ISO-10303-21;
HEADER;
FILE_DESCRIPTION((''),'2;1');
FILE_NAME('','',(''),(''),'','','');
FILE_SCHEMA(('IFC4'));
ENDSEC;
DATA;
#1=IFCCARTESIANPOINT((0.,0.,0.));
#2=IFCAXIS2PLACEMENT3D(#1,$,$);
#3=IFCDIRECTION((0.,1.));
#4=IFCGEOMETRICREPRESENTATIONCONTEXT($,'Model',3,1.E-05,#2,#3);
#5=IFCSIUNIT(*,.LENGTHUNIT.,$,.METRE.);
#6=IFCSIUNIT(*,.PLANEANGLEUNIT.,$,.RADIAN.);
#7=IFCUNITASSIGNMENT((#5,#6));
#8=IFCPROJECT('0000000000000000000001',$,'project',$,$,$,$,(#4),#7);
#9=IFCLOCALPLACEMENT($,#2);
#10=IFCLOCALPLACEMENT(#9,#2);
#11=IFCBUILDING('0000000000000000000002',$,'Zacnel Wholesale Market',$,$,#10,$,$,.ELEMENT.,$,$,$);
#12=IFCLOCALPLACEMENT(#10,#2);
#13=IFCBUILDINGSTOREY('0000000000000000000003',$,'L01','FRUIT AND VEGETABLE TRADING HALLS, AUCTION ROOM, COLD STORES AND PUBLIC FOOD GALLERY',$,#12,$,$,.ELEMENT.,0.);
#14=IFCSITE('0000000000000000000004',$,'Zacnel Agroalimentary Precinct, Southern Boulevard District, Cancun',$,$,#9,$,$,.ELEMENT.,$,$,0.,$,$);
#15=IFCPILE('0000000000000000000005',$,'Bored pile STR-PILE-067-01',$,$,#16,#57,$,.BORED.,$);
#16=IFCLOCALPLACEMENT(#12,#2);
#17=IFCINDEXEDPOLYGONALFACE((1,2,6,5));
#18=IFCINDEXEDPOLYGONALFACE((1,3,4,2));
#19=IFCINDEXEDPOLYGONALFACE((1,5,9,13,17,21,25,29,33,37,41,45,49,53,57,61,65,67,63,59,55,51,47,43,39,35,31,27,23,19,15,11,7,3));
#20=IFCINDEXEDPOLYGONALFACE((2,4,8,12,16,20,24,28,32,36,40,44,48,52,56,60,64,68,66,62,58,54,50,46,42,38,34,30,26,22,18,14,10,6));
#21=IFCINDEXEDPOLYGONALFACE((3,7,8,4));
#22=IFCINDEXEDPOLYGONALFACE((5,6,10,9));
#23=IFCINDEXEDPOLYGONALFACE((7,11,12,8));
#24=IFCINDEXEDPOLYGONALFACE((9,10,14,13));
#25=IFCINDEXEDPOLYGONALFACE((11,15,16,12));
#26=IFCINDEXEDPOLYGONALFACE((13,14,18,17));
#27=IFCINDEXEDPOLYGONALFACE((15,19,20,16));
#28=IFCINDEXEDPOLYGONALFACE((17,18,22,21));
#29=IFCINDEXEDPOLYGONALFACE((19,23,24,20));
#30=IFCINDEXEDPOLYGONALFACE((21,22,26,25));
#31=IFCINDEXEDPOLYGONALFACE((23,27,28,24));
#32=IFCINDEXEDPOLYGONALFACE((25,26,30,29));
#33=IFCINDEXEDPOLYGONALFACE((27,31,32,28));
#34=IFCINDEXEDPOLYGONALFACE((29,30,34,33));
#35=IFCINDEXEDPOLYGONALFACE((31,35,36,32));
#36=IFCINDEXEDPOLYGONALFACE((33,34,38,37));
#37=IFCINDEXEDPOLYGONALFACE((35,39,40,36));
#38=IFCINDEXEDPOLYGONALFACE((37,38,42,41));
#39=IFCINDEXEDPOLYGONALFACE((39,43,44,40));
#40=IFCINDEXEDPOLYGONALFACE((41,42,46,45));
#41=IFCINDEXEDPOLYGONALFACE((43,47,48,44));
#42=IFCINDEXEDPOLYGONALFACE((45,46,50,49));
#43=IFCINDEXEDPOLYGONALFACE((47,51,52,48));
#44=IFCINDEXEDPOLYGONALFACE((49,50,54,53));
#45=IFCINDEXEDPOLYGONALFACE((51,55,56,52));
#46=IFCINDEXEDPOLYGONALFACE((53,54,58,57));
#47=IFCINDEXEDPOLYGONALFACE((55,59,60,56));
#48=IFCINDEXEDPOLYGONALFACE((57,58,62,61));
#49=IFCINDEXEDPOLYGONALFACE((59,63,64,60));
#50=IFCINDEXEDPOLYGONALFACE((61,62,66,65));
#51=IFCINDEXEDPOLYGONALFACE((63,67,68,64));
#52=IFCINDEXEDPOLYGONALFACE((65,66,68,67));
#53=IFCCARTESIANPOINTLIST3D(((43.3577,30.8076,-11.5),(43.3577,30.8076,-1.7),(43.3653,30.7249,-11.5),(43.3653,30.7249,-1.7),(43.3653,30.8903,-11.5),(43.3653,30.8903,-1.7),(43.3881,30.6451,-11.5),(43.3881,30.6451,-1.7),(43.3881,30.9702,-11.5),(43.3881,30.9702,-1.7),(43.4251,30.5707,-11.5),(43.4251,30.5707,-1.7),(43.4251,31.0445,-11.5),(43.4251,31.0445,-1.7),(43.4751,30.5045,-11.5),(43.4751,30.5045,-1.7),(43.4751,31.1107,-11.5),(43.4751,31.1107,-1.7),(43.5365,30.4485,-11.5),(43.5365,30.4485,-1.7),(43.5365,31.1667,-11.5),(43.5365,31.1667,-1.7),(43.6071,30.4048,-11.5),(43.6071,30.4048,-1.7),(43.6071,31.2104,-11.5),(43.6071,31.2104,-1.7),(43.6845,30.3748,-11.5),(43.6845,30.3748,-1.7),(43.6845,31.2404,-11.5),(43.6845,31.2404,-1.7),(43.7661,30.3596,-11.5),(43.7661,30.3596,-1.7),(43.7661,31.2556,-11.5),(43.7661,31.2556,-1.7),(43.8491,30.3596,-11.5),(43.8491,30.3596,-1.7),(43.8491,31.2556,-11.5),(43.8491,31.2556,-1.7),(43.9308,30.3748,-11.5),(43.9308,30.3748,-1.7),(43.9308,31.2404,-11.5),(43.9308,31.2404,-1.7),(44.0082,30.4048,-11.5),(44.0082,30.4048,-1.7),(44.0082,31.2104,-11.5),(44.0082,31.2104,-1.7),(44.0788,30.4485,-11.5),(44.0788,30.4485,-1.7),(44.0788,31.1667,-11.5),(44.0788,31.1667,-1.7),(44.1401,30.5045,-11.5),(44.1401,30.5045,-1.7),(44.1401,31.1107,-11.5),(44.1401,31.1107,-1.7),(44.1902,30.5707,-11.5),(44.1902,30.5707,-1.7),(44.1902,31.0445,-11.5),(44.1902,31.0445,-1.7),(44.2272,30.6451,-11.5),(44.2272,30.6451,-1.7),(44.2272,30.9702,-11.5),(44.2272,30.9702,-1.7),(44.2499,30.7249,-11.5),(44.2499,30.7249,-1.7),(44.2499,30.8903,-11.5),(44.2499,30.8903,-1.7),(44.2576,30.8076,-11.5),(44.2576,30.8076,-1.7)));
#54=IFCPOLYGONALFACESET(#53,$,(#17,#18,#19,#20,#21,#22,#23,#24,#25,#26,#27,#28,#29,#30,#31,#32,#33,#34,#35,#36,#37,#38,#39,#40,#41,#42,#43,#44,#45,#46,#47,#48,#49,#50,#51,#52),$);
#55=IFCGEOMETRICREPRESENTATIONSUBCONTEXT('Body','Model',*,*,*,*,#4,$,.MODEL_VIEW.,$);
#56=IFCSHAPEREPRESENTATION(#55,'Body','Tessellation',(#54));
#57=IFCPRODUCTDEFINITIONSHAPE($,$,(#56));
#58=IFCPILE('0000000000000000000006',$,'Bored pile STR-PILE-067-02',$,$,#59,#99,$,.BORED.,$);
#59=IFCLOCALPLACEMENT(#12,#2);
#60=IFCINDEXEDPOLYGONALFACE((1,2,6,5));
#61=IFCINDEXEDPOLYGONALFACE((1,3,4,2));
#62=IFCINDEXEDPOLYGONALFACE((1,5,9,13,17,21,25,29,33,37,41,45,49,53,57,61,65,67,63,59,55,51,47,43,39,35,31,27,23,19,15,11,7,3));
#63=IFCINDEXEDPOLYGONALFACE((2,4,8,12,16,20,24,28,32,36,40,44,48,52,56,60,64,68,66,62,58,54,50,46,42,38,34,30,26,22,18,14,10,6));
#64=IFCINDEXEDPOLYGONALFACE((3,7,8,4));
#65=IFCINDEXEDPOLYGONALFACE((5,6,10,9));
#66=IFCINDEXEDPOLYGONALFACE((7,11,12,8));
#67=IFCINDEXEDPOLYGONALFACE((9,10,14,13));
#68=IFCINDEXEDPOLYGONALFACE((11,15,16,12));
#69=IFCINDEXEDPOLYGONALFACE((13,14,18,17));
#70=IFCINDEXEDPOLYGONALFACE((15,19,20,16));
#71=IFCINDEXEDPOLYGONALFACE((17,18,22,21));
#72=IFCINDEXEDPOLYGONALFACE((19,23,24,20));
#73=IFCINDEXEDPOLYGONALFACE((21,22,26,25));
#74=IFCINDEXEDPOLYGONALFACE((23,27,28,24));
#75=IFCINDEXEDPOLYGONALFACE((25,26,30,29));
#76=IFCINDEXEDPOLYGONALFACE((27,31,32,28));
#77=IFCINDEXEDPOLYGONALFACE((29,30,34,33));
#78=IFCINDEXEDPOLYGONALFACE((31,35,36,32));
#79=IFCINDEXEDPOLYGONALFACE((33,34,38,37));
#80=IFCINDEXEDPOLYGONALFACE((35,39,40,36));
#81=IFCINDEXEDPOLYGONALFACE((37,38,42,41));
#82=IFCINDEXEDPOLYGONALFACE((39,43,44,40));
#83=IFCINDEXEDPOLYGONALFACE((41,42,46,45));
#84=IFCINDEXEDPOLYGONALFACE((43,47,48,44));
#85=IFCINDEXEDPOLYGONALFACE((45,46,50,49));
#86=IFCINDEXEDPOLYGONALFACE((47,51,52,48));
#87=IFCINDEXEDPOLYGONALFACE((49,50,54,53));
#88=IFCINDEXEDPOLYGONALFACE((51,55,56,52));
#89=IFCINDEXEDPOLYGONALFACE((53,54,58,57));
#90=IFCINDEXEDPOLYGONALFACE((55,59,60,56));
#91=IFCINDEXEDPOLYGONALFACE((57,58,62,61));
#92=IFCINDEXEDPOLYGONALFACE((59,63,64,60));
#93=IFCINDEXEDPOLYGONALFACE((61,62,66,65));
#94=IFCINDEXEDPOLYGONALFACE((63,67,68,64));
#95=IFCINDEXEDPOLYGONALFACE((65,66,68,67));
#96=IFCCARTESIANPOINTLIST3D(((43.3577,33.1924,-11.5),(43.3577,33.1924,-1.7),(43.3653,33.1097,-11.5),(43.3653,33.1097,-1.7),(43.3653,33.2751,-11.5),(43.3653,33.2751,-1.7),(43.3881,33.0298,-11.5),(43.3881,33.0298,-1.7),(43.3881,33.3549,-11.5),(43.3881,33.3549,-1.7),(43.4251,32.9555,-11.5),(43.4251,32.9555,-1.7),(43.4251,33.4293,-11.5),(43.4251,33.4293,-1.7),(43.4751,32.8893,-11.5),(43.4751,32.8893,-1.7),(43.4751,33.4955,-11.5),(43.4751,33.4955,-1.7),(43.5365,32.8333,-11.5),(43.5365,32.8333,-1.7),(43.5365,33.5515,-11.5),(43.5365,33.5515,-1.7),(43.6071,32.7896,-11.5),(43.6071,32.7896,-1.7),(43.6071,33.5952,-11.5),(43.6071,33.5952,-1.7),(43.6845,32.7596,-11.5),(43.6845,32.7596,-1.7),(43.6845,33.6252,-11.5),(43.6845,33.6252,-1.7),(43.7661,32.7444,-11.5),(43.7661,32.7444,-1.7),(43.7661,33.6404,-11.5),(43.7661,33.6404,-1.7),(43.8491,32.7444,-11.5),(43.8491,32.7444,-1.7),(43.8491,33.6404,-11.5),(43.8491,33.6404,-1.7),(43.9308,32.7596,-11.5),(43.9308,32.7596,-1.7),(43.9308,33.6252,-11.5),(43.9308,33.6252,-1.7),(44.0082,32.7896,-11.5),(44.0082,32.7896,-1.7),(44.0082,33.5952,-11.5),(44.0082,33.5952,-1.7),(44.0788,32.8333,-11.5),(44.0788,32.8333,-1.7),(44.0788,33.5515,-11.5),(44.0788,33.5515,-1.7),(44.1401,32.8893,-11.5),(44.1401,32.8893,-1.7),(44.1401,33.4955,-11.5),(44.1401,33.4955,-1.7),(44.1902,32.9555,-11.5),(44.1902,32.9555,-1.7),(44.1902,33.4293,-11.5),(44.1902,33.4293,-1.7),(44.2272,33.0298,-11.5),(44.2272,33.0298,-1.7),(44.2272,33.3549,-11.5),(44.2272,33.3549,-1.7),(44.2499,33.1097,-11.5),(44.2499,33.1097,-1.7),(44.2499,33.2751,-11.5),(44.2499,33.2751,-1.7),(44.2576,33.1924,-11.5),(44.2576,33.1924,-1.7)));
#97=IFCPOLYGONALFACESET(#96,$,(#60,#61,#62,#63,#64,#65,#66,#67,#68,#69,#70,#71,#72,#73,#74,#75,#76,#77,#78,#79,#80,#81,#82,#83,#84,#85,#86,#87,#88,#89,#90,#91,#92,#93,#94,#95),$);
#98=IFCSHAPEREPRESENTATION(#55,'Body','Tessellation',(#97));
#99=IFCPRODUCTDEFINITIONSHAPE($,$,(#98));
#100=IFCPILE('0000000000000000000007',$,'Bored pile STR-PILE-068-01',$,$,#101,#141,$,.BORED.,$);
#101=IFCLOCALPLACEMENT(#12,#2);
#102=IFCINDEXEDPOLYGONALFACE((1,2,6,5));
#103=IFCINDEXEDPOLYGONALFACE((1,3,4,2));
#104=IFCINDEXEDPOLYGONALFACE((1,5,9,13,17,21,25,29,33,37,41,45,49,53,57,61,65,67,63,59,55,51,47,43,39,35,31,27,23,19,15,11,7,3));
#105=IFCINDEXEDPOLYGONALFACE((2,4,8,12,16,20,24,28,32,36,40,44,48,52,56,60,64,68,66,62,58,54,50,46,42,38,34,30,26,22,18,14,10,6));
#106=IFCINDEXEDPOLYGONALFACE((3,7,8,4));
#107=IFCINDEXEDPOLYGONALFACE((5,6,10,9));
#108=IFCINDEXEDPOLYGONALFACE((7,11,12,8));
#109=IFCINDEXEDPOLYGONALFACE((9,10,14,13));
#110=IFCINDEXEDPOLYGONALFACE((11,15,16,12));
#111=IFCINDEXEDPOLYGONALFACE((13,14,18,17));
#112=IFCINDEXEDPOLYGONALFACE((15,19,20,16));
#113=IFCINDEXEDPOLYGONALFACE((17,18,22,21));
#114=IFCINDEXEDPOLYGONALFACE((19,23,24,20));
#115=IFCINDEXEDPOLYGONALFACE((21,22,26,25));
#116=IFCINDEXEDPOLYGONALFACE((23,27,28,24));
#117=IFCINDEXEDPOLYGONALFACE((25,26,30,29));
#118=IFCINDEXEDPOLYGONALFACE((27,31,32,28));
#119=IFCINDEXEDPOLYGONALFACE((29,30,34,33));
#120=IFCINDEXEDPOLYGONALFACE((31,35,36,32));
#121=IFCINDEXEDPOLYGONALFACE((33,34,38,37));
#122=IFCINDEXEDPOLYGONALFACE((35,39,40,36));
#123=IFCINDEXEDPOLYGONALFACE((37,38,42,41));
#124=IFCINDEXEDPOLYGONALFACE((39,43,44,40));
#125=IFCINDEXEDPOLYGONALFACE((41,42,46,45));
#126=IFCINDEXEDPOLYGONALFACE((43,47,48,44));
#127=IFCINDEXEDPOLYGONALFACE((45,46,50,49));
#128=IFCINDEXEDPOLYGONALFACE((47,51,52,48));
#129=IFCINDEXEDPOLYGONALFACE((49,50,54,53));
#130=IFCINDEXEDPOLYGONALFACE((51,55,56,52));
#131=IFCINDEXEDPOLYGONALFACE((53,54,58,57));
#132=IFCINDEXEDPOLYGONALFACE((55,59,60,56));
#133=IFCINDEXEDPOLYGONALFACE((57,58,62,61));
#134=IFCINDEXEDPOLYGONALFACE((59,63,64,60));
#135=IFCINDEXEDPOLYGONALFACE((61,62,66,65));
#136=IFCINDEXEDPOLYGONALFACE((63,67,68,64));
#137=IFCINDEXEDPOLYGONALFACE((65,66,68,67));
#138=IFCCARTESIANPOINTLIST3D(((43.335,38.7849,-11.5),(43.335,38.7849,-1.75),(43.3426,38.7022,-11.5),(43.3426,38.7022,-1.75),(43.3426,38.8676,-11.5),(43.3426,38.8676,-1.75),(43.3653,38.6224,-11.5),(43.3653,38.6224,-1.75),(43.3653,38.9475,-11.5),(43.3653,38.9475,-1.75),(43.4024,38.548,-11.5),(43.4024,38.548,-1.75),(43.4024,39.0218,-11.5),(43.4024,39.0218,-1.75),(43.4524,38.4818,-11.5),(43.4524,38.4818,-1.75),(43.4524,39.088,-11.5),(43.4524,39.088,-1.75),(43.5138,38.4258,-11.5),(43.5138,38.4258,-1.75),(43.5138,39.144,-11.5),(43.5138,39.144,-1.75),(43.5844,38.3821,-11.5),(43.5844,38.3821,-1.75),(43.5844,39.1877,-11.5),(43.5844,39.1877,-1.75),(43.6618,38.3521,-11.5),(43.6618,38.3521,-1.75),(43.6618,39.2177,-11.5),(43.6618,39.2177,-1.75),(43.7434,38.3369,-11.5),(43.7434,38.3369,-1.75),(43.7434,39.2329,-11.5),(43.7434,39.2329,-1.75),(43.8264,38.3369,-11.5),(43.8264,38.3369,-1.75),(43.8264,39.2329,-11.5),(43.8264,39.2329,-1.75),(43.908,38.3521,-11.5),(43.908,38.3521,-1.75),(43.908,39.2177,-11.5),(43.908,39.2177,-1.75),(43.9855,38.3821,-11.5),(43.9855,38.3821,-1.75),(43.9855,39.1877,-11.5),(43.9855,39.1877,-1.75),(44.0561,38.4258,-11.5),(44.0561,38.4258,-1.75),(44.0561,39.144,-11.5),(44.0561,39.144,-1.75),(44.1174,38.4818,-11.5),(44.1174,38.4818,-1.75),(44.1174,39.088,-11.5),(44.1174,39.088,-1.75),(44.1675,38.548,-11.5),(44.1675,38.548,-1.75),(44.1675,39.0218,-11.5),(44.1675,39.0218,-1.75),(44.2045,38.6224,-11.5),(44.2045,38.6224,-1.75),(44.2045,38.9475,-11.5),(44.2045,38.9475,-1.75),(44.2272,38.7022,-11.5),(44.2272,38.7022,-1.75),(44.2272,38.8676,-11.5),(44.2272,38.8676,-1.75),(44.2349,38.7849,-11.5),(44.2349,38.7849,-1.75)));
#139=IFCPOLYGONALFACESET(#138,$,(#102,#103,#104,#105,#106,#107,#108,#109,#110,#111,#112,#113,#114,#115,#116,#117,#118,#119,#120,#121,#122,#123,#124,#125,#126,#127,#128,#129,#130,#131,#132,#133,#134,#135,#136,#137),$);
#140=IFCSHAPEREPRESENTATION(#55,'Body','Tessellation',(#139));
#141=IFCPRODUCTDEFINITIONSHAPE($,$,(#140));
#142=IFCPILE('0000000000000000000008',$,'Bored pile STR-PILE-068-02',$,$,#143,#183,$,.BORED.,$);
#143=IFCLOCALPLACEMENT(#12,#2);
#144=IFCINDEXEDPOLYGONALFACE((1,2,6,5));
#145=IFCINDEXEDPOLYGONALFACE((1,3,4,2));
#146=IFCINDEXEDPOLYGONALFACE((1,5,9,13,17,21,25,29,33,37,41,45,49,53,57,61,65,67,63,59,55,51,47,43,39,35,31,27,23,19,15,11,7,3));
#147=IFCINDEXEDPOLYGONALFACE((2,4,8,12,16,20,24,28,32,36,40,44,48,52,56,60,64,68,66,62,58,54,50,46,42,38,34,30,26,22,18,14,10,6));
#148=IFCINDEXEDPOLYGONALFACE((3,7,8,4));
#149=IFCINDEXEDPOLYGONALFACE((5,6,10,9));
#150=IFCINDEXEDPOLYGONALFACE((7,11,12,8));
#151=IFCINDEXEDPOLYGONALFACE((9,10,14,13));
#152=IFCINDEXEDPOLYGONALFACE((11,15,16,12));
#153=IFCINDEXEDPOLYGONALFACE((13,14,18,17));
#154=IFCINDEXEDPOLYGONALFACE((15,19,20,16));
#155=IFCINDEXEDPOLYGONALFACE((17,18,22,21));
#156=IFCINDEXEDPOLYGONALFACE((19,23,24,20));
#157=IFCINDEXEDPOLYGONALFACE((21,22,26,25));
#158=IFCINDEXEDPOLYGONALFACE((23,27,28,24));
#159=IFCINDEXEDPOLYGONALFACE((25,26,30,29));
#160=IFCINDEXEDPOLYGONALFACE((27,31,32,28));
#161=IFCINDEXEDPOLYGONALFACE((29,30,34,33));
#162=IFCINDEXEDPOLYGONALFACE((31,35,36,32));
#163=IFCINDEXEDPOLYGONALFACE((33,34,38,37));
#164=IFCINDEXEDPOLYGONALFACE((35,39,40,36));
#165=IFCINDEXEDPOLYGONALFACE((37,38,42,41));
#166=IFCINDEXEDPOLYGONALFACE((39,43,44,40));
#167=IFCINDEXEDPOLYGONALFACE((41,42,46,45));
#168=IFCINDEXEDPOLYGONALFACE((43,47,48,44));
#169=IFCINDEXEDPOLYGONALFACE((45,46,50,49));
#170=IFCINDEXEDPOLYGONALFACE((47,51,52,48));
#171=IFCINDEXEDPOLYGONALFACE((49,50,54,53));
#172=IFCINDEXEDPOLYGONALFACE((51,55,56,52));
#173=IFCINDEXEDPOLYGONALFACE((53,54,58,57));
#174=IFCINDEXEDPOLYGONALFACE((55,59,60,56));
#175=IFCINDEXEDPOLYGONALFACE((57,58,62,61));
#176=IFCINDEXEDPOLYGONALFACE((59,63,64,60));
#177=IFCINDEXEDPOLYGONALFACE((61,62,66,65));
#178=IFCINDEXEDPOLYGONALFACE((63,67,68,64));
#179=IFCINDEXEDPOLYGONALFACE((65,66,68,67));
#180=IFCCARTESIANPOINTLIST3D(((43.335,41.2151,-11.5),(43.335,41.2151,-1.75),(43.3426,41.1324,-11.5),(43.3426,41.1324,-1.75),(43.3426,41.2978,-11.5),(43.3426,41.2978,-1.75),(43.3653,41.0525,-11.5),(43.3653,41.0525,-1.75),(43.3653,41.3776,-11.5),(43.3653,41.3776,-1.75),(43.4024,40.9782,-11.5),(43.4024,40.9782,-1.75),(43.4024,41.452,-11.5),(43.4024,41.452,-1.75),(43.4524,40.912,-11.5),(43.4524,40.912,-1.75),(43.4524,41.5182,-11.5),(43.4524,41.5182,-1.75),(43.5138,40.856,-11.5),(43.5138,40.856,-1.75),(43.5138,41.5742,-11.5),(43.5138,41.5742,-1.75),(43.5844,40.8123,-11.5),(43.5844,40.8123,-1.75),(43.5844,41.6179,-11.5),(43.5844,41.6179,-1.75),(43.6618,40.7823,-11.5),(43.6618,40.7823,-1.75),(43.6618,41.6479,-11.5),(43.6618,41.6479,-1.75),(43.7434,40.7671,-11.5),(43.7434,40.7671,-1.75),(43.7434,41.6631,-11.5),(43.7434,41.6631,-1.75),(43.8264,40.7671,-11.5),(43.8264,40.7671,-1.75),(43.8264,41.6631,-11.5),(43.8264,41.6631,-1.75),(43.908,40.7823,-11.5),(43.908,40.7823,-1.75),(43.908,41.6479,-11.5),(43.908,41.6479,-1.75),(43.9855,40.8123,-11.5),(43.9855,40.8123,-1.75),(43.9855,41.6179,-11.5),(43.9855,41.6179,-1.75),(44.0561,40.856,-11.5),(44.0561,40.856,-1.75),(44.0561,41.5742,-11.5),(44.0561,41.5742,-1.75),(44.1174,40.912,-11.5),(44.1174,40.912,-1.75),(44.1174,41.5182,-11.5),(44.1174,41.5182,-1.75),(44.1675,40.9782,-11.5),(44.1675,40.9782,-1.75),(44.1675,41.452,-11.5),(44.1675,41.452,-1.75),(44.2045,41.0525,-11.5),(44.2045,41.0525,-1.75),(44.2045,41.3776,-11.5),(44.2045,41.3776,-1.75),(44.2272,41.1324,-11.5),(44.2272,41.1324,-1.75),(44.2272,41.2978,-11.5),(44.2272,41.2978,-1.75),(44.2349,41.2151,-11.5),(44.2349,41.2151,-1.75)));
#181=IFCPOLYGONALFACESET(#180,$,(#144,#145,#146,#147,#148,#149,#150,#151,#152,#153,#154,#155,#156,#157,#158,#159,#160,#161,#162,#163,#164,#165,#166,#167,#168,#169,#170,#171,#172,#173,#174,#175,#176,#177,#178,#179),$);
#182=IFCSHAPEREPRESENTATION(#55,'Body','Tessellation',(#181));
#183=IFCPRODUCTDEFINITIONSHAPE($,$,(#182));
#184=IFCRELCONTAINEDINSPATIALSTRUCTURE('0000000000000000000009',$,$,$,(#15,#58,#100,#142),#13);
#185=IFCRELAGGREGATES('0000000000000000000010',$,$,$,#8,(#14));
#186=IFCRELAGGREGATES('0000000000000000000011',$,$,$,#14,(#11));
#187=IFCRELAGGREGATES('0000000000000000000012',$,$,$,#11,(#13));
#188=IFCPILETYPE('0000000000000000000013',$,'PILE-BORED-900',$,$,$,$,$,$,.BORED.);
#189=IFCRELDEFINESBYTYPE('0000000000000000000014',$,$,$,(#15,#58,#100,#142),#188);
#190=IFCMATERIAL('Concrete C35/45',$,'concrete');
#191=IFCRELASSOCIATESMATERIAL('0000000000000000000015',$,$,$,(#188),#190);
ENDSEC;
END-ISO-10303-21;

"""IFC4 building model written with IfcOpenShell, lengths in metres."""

from ifc_helpers import new_model, si_unit, direction, frame, origin, origin_2d, place, context, subcontext, project, spatial, circle, extrude, material, material_profile, profile_set, type_object, element, save


model = new_model("IFC4")

# Units and contexts
model_context = context("Model", 3, precision=1e-05, world=origin(), true_north=direction((0.0, 1.0)))
body_context = subcontext(model_context, "Body", "Model", "MODEL_VIEW")
ifc_project = project(units=[si_unit("LENGTHUNIT", "METRE"), si_unit("PLANEANGLEUNIT", "RADIAN")], contexts=[model_context])

# Site, building, storey
site_placement = place(None, origin())
site = spatial("IfcSite", under=ifc_project, at=site_placement, Name="Zacnel Agroalimentary Precinct, Southern Boulevard District, Cancun", CompositionType="ELEMENT", RefElevation=0.0)
building_placement = place(site_placement, origin())
building = spatial("IfcBuilding", under=site, at=building_placement, Name="Zacnel Wholesale Market", CompositionType="ELEMENT")
storey_placement = place(building_placement, origin())
storey = spatial("IfcBuildingStorey", under=building, at=storey_placement, Name="L01", Description="FRUIT AND VEGETABLE TRADING HALLS, AUCTION ROOM, COLD STORES AND PUBLIC FOOD GALLERY", CompositionType="ELEMENT", Elevation=0.0)

# Piles
ifc_material_1 = material(Name="Concrete C35/45", Category="concrete")
ifc_material_profile_1 = material_profile(ifc_material_1, circle(Radius=0.45, at=origin_2d()), Name="BORED PILE D900")
ifc_profile_set_1 = profile_set([ifc_material_profile_1], Name="Concrete C35/45")
pile_type = type_object("IfcPileType", Name="PILE-BORED-900", PredefinedType="BORED", material=ifc_profile_set_1)
for number, where, z_axis, x_axis, name in (
    (1, (43.8076, 30.8076, -1.7), (0.0, 0.0, -1.0), (1.0, 0.0, 0.0), "Bored pile STR-PILE-067-01"),
    (2, (43.8076, 33.1924, -1.7), (0.0, 0.0, -1.0), (1.0, 0.0, 0.0), "Bored pile STR-PILE-067-02"),
):
    element("IfcPile", number, at=place(storey_placement, frame(where, z_axis=z_axis, x_axis=x_axis)), inside=storey, type_object=pile_type, Name=name, PredefinedType="BORED", context=body_context, shape_type="SweptSolid", body=[
        extrude(circle(Radius=0.45, at=origin_2d()), origin(), (0.0, 0.0, 1.0), 9.8),
    ])
for number, where, z_axis, x_axis, name in (
    (3, (43.7849, 38.7849, -1.75), (0.0, 0.0, -1.0), (1.0, 0.0, 0.0), "Bored pile STR-PILE-068-01"),
    (4, (43.7849, 41.2151, -1.75), (0.0, 0.0, -1.0), (1.0, 0.0, 0.0), "Bored pile STR-PILE-068-02"),
):
    element("IfcPile", number, at=place(storey_placement, frame(where, z_axis=z_axis, x_axis=x_axis)), inside=storey, type_object=pile_type, Name=name, PredefinedType="BORED", context=body_context, shape_type="SweptSolid", body=[
        extrude(circle(Radius=0.45, at=origin_2d()), origin(), (0.0, 0.0, 1.0), 9.75),
    ])

save(model, "model.ifc")
